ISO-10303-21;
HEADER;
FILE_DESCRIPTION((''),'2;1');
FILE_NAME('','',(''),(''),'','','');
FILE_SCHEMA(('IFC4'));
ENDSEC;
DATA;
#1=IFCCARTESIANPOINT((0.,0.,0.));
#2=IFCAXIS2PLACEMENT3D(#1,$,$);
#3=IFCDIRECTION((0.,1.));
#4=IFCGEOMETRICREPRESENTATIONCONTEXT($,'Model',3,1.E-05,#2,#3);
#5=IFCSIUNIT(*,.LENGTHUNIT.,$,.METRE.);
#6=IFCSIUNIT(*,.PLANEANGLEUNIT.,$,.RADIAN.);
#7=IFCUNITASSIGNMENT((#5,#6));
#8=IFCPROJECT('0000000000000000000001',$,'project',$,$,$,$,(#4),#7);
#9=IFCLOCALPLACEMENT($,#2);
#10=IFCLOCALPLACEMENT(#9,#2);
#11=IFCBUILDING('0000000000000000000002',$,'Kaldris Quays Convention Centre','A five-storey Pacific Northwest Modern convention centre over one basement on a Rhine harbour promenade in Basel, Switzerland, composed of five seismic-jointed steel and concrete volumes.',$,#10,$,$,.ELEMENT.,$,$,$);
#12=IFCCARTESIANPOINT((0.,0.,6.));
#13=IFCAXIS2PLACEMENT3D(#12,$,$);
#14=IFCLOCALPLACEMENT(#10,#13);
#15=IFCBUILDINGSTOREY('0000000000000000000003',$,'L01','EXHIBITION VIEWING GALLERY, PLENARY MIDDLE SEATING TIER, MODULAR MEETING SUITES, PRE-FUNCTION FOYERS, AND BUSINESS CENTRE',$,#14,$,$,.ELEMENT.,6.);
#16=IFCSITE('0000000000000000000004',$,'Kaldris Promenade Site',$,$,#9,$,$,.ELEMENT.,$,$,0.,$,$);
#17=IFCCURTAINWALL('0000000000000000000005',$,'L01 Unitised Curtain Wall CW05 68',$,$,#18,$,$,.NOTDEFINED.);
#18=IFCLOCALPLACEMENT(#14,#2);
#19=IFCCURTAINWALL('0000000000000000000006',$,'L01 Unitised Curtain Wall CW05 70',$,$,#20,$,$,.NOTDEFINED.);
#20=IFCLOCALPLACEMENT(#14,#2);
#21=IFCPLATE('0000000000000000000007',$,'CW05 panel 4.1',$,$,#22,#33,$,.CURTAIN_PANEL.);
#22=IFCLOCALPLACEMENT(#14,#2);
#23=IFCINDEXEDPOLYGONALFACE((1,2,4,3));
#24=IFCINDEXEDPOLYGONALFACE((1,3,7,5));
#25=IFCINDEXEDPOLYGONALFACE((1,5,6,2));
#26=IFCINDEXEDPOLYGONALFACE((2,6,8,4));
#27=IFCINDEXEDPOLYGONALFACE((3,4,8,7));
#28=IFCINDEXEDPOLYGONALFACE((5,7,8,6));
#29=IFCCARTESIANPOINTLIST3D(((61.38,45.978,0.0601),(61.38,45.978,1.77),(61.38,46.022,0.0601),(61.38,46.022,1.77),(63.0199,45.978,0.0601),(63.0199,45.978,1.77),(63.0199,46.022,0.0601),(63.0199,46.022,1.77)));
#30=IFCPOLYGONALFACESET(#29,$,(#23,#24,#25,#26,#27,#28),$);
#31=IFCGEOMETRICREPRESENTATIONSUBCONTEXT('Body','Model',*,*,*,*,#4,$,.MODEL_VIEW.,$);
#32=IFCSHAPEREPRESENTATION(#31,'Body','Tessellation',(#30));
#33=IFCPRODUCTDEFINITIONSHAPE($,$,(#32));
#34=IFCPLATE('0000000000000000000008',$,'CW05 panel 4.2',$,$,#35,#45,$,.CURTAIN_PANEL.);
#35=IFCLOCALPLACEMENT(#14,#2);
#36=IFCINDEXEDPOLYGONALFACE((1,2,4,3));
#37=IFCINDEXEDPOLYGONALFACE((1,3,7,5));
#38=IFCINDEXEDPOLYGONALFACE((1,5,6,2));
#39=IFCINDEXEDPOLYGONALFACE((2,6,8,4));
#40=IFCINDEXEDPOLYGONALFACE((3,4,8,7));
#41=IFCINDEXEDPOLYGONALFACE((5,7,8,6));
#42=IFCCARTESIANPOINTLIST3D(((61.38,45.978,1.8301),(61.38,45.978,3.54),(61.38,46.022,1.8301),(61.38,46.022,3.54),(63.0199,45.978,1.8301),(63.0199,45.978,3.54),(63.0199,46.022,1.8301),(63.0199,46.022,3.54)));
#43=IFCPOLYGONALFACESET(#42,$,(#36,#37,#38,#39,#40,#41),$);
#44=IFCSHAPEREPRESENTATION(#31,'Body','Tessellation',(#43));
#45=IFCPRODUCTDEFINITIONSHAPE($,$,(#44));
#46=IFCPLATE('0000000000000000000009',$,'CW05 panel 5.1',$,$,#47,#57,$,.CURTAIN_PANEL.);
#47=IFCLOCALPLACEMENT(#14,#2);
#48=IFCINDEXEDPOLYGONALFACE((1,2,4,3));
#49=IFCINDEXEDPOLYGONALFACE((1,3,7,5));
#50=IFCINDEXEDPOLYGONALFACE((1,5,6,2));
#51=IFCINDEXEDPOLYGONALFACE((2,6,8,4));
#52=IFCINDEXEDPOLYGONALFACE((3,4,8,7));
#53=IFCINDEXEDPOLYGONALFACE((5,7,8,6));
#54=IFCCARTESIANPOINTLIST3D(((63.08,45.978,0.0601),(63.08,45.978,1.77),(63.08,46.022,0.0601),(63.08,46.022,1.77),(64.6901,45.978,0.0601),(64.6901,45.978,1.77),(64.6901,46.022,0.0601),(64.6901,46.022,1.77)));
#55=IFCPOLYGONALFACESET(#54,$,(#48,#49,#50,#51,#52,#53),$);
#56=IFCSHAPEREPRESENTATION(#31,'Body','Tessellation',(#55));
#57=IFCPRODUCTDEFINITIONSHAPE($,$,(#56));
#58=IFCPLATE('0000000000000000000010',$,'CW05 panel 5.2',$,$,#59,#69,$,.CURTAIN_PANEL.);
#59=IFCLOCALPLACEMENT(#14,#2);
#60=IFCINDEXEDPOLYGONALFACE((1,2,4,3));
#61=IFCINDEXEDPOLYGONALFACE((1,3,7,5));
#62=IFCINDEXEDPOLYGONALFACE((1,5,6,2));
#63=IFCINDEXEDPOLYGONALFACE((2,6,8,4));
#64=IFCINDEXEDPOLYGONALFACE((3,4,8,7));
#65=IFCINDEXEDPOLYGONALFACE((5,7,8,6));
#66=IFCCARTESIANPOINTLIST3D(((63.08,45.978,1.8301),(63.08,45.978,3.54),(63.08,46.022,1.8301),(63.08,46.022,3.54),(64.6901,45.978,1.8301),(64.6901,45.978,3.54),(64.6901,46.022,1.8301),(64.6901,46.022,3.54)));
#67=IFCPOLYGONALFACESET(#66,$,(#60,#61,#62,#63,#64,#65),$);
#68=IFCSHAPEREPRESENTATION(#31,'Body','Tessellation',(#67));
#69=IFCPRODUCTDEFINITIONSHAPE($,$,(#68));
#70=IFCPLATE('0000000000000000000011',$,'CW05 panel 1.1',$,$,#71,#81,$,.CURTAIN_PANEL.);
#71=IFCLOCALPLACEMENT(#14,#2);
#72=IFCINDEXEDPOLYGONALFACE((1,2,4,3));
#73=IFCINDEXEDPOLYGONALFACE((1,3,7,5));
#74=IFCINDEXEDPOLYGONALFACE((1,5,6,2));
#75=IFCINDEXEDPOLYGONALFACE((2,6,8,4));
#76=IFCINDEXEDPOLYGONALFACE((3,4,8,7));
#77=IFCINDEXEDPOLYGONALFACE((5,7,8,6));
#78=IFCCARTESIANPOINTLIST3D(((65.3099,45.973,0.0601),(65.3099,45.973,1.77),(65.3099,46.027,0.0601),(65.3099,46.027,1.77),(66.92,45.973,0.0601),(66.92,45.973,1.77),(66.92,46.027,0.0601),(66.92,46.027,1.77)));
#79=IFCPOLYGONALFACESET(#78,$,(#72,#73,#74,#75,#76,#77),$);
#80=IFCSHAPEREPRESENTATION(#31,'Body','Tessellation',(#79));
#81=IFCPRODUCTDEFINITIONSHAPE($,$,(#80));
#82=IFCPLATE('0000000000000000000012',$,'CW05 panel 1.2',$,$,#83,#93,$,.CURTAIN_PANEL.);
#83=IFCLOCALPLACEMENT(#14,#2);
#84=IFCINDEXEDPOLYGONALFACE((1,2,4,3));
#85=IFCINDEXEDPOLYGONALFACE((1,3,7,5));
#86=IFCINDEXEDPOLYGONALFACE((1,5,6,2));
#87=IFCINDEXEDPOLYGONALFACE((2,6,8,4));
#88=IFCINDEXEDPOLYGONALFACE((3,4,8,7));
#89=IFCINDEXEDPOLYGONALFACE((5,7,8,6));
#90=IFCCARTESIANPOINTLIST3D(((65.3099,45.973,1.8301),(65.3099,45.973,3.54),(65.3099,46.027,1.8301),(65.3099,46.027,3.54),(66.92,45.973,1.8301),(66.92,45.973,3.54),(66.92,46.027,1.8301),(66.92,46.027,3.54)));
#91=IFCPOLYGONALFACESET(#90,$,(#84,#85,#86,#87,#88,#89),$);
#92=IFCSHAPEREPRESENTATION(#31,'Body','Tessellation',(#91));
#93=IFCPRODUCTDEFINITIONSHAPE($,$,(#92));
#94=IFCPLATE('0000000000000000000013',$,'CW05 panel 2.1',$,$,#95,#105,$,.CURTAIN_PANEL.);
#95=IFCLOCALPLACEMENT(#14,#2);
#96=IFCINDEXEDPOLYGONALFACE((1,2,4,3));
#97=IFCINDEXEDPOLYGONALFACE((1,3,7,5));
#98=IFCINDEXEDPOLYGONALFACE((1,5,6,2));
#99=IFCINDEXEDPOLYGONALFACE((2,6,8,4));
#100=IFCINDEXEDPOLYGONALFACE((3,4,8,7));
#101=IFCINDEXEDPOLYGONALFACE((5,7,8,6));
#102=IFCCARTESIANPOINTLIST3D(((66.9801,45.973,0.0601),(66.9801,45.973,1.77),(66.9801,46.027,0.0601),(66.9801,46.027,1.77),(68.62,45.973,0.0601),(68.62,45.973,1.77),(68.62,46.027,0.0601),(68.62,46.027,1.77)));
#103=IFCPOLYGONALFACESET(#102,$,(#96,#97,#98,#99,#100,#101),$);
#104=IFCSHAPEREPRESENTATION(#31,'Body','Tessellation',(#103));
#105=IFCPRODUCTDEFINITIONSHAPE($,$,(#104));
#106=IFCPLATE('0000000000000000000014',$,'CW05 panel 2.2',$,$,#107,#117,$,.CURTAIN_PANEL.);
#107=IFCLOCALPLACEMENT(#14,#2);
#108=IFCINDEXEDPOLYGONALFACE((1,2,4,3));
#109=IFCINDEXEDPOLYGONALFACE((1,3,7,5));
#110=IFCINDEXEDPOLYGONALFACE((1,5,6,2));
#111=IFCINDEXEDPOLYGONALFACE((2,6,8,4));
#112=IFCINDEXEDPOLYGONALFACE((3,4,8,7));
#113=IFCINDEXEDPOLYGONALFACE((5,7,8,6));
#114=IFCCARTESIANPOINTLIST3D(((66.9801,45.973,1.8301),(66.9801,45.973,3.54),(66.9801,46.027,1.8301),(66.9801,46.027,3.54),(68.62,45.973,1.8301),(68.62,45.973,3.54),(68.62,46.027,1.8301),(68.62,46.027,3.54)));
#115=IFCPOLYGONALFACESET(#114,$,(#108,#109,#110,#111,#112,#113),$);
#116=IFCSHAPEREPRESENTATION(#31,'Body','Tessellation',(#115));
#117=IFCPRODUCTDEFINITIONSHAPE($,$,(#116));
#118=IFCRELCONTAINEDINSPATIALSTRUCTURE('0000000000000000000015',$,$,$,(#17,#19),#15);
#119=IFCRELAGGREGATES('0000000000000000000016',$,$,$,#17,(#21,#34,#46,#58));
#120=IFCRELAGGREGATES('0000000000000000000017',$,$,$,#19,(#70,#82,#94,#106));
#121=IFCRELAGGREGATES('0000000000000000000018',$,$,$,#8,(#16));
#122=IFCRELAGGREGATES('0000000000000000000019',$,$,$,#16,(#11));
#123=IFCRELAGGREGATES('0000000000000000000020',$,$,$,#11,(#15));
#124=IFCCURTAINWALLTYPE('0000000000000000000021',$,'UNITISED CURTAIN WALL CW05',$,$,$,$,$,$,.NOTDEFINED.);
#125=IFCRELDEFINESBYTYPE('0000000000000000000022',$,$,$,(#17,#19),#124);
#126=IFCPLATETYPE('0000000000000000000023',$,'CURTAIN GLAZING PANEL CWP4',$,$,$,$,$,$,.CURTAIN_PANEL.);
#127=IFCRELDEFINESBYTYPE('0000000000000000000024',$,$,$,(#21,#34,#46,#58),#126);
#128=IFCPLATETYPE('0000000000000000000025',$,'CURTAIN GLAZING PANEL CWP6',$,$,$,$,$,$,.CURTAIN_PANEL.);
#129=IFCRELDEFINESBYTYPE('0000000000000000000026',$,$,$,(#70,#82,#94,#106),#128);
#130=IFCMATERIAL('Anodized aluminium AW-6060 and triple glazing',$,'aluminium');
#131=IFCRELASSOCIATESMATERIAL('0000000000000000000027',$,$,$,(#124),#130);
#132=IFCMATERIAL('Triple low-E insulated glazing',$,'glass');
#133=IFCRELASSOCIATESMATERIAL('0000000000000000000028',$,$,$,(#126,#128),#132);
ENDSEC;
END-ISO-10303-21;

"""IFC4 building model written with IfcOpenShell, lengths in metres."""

from ifc_helpers import new_model, si_unit, direction, frame, origin, origin_2d, place, context, subcontext, project, spatial, rectangle, extrude, material, type_object, element, aggregate, save


model = new_model("IFC4")

# Units and contexts
model_context = context("Model", 3, precision=1e-05, world=origin(), true_north=direction((0.0, 1.0)))
body_context = subcontext(model_context, "Body", "Model", "MODEL_VIEW")
ifc_project = project(units=[si_unit("LENGTHUNIT", "METRE"), si_unit("PLANEANGLEUNIT", "RADIAN")], contexts=[model_context])

# Site, building, storey
site_placement = place(None, origin())
site = spatial("IfcSite", under=ifc_project, at=site_placement, Name="Kaldris Promenade Site", CompositionType="ELEMENT", RefElevation=0.0)
building_placement = place(site_placement, origin())
building = spatial("IfcBuilding", under=site, at=building_placement, Name="Kaldris Quays Convention Centre", Description="A five-storey Pacific Northwest Modern convention centre over one basement on a Rhine harbour promenade in Basel, Switzerland, composed of five seismic-jointed steel and concrete volumes.", CompositionType="ELEMENT")
storey_placement = place(building_placement, frame((0.0, 0.0, 6.0)))
storey = spatial("IfcBuildingStorey", under=building, at=storey_placement, Name="L01", Description="EXHIBITION VIEWING GALLERY, PLENARY MIDDLE SEATING TIER, MODULAR MEETING SUITES, PRE-FUNCTION FOYERS, AND BUSINESS CENTRE", CompositionType="ELEMENT", Elevation=6.0)

# Curtain walls
ifc_material_1 = material(Name="Anodized aluminium AW-6060 and triple glazing", Category="aluminium")
curtain_wall_type = type_object("IfcCurtainWallType", Name="UNITISED CURTAIN WALL CW05", PredefinedType="NOTDEFINED", material=ifc_material_1)
curtain_wall_1_placement = place(storey_placement, origin())
curtain_wall_1 = element("IfcCurtainWall", 1, at=curtain_wall_1_placement, inside=storey, type_object=curtain_wall_type, Name="L01 Unitised Curtain Wall CW05 68", PredefinedType="NOTDEFINED")
curtain_wall_2_placement = place(storey_placement, origin())
curtain_wall_2 = element("IfcCurtainWall", 2, at=curtain_wall_2_placement, inside=storey, type_object=curtain_wall_type, Name="L01 Unitised Curtain Wall CW05 70", PredefinedType="NOTDEFINED")

# Plates
ifc_material_2 = material(Name="Triple low-E insulated glazing", Category="glass")
plate_type_1 = type_object("IfcPlateType", Name="CURTAIN GLAZING PANEL CWP4", PredefinedType="CURTAIN_PANEL", material=ifc_material_2)
plate_1_placement = place(storey_placement, frame((62.2, 46.0, 0.0601), z_axis=(0.0, 0.0, 1.0), x_axis=(1.0, 0.0, 0.0)))
plate_1 = element("IfcPlate", 3, at=plate_1_placement, type_object=plate_type_1, Name="CW05 panel 4.1", PredefinedType="CURTAIN_PANEL", context=body_context, shape_type="SweptSolid", body=[
    extrude(rectangle(XDim=1.6399, YDim=0.0439, at=origin_2d()), origin(), (0.0, 0.0, 1.0), 1.71),
])
plate_2_placement = place(storey_placement, frame((62.2, 46.0, 1.8301), z_axis=(0.0, 0.0, 1.0), x_axis=(1.0, 0.0, 0.0)))
plate_2 = element("IfcPlate", 4, at=plate_2_placement, type_object=plate_type_1, Name="CW05 panel 4.2", PredefinedType="CURTAIN_PANEL", context=body_context, shape_type="SweptSolid", body=[
    extrude(rectangle(XDim=1.6399, YDim=0.0439, at=origin_2d()), origin(), (0.0, 0.0, 1.0), 1.71),
])
plate_3_placement = place(storey_placement, frame((63.885, 46.0, 0.0601), z_axis=(0.0, 0.0, 1.0), x_axis=(1.0, 0.0, 0.0)))
plate_3 = element("IfcPlate", 5, at=plate_3_placement, type_object=plate_type_1, Name="CW05 panel 5.1", PredefinedType="CURTAIN_PANEL", context=body_context, shape_type="SweptSolid", body=[
    extrude(rectangle(XDim=1.6101, YDim=0.0439, at=origin_2d()), origin(), (0.0, 0.0, 1.0), 1.71),
])
plate_4_placement = place(storey_placement, frame((63.885, 46.0, 1.8301), z_axis=(0.0, 0.0, 1.0), x_axis=(1.0, 0.0, 0.0)))
plate_4 = element("IfcPlate", 6, at=plate_4_placement, type_object=plate_type_1, Name="CW05 panel 5.2", PredefinedType="CURTAIN_PANEL", context=body_context, shape_type="SweptSolid", body=[
    extrude(rectangle(XDim=1.6101, YDim=0.0439, at=origin_2d()), origin(), (0.0, 0.0, 1.0), 1.71),
])
aggregate(curtain_wall_1, [plate_1, plate_2, plate_3, plate_4])
plate_type_2 = type_object("IfcPlateType", Name="CURTAIN GLAZING PANEL CWP6", PredefinedType="CURTAIN_PANEL", material=ifc_material_2)
plate_5_placement = place(storey_placement, frame((66.115, 46.0, 0.0601), z_axis=(0.0, 0.0, 1.0), x_axis=(1.0, 0.0, 0.0)))
plate_5 = element("IfcPlate", 7, at=plate_5_placement, type_object=plate_type_2, Name="CW05 panel 1.1", PredefinedType="CURTAIN_PANEL", context=body_context, shape_type="SweptSolid", body=[
    extrude(rectangle(XDim=1.6101, YDim=0.054, at=origin_2d()), origin(), (0.0, 0.0, 1.0), 1.71),
])
plate_6_placement = place(storey_placement, frame((66.115, 46.0, 1.8301), z_axis=(0.0, 0.0, 1.0), x_axis=(1.0, 0.0, 0.0)))
plate_6 = element("IfcPlate", 8, at=plate_6_placement, type_object=plate_type_2, Name="CW05 panel 1.2", PredefinedType="CURTAIN_PANEL", context=body_context, shape_type="SweptSolid", body=[
    extrude(rectangle(XDim=1.6101, YDim=0.054, at=origin_2d()), origin(), (0.0, 0.0, 1.0), 1.71),
])
plate_7_placement = place(storey_placement, frame((67.8, 46.0, 0.0601), z_axis=(0.0, 0.0, 1.0), x_axis=(1.0, 0.0, 0.0)))
plate_7 = element("IfcPlate", 9, at=plate_7_placement, type_object=plate_type_2, Name="CW05 panel 2.1", PredefinedType="CURTAIN_PANEL", context=body_context, shape_type="SweptSolid", body=[
    extrude(rectangle(XDim=1.6399, YDim=0.054, at=origin_2d()), origin(), (0.0, 0.0, 1.0), 1.71),
])
plate_8_placement = place(storey_placement, frame((67.8, 46.0, 1.8301), z_axis=(0.0, 0.0, 1.0), x_axis=(1.0, 0.0, 0.0)))
plate_8 = element("IfcPlate", 10, at=plate_8_placement, type_object=plate_type_2, Name="CW05 panel 2.2", PredefinedType="CURTAIN_PANEL", context=body_context, shape_type="SweptSolid", body=[
    extrude(rectangle(XDim=1.6399, YDim=0.054, at=origin_2d()), origin(), (0.0, 0.0, 1.0), 1.71),
])
aggregate(curtain_wall_2, [plate_5, plate_6, plate_7, plate_8])

save(model, "model.ifc")
